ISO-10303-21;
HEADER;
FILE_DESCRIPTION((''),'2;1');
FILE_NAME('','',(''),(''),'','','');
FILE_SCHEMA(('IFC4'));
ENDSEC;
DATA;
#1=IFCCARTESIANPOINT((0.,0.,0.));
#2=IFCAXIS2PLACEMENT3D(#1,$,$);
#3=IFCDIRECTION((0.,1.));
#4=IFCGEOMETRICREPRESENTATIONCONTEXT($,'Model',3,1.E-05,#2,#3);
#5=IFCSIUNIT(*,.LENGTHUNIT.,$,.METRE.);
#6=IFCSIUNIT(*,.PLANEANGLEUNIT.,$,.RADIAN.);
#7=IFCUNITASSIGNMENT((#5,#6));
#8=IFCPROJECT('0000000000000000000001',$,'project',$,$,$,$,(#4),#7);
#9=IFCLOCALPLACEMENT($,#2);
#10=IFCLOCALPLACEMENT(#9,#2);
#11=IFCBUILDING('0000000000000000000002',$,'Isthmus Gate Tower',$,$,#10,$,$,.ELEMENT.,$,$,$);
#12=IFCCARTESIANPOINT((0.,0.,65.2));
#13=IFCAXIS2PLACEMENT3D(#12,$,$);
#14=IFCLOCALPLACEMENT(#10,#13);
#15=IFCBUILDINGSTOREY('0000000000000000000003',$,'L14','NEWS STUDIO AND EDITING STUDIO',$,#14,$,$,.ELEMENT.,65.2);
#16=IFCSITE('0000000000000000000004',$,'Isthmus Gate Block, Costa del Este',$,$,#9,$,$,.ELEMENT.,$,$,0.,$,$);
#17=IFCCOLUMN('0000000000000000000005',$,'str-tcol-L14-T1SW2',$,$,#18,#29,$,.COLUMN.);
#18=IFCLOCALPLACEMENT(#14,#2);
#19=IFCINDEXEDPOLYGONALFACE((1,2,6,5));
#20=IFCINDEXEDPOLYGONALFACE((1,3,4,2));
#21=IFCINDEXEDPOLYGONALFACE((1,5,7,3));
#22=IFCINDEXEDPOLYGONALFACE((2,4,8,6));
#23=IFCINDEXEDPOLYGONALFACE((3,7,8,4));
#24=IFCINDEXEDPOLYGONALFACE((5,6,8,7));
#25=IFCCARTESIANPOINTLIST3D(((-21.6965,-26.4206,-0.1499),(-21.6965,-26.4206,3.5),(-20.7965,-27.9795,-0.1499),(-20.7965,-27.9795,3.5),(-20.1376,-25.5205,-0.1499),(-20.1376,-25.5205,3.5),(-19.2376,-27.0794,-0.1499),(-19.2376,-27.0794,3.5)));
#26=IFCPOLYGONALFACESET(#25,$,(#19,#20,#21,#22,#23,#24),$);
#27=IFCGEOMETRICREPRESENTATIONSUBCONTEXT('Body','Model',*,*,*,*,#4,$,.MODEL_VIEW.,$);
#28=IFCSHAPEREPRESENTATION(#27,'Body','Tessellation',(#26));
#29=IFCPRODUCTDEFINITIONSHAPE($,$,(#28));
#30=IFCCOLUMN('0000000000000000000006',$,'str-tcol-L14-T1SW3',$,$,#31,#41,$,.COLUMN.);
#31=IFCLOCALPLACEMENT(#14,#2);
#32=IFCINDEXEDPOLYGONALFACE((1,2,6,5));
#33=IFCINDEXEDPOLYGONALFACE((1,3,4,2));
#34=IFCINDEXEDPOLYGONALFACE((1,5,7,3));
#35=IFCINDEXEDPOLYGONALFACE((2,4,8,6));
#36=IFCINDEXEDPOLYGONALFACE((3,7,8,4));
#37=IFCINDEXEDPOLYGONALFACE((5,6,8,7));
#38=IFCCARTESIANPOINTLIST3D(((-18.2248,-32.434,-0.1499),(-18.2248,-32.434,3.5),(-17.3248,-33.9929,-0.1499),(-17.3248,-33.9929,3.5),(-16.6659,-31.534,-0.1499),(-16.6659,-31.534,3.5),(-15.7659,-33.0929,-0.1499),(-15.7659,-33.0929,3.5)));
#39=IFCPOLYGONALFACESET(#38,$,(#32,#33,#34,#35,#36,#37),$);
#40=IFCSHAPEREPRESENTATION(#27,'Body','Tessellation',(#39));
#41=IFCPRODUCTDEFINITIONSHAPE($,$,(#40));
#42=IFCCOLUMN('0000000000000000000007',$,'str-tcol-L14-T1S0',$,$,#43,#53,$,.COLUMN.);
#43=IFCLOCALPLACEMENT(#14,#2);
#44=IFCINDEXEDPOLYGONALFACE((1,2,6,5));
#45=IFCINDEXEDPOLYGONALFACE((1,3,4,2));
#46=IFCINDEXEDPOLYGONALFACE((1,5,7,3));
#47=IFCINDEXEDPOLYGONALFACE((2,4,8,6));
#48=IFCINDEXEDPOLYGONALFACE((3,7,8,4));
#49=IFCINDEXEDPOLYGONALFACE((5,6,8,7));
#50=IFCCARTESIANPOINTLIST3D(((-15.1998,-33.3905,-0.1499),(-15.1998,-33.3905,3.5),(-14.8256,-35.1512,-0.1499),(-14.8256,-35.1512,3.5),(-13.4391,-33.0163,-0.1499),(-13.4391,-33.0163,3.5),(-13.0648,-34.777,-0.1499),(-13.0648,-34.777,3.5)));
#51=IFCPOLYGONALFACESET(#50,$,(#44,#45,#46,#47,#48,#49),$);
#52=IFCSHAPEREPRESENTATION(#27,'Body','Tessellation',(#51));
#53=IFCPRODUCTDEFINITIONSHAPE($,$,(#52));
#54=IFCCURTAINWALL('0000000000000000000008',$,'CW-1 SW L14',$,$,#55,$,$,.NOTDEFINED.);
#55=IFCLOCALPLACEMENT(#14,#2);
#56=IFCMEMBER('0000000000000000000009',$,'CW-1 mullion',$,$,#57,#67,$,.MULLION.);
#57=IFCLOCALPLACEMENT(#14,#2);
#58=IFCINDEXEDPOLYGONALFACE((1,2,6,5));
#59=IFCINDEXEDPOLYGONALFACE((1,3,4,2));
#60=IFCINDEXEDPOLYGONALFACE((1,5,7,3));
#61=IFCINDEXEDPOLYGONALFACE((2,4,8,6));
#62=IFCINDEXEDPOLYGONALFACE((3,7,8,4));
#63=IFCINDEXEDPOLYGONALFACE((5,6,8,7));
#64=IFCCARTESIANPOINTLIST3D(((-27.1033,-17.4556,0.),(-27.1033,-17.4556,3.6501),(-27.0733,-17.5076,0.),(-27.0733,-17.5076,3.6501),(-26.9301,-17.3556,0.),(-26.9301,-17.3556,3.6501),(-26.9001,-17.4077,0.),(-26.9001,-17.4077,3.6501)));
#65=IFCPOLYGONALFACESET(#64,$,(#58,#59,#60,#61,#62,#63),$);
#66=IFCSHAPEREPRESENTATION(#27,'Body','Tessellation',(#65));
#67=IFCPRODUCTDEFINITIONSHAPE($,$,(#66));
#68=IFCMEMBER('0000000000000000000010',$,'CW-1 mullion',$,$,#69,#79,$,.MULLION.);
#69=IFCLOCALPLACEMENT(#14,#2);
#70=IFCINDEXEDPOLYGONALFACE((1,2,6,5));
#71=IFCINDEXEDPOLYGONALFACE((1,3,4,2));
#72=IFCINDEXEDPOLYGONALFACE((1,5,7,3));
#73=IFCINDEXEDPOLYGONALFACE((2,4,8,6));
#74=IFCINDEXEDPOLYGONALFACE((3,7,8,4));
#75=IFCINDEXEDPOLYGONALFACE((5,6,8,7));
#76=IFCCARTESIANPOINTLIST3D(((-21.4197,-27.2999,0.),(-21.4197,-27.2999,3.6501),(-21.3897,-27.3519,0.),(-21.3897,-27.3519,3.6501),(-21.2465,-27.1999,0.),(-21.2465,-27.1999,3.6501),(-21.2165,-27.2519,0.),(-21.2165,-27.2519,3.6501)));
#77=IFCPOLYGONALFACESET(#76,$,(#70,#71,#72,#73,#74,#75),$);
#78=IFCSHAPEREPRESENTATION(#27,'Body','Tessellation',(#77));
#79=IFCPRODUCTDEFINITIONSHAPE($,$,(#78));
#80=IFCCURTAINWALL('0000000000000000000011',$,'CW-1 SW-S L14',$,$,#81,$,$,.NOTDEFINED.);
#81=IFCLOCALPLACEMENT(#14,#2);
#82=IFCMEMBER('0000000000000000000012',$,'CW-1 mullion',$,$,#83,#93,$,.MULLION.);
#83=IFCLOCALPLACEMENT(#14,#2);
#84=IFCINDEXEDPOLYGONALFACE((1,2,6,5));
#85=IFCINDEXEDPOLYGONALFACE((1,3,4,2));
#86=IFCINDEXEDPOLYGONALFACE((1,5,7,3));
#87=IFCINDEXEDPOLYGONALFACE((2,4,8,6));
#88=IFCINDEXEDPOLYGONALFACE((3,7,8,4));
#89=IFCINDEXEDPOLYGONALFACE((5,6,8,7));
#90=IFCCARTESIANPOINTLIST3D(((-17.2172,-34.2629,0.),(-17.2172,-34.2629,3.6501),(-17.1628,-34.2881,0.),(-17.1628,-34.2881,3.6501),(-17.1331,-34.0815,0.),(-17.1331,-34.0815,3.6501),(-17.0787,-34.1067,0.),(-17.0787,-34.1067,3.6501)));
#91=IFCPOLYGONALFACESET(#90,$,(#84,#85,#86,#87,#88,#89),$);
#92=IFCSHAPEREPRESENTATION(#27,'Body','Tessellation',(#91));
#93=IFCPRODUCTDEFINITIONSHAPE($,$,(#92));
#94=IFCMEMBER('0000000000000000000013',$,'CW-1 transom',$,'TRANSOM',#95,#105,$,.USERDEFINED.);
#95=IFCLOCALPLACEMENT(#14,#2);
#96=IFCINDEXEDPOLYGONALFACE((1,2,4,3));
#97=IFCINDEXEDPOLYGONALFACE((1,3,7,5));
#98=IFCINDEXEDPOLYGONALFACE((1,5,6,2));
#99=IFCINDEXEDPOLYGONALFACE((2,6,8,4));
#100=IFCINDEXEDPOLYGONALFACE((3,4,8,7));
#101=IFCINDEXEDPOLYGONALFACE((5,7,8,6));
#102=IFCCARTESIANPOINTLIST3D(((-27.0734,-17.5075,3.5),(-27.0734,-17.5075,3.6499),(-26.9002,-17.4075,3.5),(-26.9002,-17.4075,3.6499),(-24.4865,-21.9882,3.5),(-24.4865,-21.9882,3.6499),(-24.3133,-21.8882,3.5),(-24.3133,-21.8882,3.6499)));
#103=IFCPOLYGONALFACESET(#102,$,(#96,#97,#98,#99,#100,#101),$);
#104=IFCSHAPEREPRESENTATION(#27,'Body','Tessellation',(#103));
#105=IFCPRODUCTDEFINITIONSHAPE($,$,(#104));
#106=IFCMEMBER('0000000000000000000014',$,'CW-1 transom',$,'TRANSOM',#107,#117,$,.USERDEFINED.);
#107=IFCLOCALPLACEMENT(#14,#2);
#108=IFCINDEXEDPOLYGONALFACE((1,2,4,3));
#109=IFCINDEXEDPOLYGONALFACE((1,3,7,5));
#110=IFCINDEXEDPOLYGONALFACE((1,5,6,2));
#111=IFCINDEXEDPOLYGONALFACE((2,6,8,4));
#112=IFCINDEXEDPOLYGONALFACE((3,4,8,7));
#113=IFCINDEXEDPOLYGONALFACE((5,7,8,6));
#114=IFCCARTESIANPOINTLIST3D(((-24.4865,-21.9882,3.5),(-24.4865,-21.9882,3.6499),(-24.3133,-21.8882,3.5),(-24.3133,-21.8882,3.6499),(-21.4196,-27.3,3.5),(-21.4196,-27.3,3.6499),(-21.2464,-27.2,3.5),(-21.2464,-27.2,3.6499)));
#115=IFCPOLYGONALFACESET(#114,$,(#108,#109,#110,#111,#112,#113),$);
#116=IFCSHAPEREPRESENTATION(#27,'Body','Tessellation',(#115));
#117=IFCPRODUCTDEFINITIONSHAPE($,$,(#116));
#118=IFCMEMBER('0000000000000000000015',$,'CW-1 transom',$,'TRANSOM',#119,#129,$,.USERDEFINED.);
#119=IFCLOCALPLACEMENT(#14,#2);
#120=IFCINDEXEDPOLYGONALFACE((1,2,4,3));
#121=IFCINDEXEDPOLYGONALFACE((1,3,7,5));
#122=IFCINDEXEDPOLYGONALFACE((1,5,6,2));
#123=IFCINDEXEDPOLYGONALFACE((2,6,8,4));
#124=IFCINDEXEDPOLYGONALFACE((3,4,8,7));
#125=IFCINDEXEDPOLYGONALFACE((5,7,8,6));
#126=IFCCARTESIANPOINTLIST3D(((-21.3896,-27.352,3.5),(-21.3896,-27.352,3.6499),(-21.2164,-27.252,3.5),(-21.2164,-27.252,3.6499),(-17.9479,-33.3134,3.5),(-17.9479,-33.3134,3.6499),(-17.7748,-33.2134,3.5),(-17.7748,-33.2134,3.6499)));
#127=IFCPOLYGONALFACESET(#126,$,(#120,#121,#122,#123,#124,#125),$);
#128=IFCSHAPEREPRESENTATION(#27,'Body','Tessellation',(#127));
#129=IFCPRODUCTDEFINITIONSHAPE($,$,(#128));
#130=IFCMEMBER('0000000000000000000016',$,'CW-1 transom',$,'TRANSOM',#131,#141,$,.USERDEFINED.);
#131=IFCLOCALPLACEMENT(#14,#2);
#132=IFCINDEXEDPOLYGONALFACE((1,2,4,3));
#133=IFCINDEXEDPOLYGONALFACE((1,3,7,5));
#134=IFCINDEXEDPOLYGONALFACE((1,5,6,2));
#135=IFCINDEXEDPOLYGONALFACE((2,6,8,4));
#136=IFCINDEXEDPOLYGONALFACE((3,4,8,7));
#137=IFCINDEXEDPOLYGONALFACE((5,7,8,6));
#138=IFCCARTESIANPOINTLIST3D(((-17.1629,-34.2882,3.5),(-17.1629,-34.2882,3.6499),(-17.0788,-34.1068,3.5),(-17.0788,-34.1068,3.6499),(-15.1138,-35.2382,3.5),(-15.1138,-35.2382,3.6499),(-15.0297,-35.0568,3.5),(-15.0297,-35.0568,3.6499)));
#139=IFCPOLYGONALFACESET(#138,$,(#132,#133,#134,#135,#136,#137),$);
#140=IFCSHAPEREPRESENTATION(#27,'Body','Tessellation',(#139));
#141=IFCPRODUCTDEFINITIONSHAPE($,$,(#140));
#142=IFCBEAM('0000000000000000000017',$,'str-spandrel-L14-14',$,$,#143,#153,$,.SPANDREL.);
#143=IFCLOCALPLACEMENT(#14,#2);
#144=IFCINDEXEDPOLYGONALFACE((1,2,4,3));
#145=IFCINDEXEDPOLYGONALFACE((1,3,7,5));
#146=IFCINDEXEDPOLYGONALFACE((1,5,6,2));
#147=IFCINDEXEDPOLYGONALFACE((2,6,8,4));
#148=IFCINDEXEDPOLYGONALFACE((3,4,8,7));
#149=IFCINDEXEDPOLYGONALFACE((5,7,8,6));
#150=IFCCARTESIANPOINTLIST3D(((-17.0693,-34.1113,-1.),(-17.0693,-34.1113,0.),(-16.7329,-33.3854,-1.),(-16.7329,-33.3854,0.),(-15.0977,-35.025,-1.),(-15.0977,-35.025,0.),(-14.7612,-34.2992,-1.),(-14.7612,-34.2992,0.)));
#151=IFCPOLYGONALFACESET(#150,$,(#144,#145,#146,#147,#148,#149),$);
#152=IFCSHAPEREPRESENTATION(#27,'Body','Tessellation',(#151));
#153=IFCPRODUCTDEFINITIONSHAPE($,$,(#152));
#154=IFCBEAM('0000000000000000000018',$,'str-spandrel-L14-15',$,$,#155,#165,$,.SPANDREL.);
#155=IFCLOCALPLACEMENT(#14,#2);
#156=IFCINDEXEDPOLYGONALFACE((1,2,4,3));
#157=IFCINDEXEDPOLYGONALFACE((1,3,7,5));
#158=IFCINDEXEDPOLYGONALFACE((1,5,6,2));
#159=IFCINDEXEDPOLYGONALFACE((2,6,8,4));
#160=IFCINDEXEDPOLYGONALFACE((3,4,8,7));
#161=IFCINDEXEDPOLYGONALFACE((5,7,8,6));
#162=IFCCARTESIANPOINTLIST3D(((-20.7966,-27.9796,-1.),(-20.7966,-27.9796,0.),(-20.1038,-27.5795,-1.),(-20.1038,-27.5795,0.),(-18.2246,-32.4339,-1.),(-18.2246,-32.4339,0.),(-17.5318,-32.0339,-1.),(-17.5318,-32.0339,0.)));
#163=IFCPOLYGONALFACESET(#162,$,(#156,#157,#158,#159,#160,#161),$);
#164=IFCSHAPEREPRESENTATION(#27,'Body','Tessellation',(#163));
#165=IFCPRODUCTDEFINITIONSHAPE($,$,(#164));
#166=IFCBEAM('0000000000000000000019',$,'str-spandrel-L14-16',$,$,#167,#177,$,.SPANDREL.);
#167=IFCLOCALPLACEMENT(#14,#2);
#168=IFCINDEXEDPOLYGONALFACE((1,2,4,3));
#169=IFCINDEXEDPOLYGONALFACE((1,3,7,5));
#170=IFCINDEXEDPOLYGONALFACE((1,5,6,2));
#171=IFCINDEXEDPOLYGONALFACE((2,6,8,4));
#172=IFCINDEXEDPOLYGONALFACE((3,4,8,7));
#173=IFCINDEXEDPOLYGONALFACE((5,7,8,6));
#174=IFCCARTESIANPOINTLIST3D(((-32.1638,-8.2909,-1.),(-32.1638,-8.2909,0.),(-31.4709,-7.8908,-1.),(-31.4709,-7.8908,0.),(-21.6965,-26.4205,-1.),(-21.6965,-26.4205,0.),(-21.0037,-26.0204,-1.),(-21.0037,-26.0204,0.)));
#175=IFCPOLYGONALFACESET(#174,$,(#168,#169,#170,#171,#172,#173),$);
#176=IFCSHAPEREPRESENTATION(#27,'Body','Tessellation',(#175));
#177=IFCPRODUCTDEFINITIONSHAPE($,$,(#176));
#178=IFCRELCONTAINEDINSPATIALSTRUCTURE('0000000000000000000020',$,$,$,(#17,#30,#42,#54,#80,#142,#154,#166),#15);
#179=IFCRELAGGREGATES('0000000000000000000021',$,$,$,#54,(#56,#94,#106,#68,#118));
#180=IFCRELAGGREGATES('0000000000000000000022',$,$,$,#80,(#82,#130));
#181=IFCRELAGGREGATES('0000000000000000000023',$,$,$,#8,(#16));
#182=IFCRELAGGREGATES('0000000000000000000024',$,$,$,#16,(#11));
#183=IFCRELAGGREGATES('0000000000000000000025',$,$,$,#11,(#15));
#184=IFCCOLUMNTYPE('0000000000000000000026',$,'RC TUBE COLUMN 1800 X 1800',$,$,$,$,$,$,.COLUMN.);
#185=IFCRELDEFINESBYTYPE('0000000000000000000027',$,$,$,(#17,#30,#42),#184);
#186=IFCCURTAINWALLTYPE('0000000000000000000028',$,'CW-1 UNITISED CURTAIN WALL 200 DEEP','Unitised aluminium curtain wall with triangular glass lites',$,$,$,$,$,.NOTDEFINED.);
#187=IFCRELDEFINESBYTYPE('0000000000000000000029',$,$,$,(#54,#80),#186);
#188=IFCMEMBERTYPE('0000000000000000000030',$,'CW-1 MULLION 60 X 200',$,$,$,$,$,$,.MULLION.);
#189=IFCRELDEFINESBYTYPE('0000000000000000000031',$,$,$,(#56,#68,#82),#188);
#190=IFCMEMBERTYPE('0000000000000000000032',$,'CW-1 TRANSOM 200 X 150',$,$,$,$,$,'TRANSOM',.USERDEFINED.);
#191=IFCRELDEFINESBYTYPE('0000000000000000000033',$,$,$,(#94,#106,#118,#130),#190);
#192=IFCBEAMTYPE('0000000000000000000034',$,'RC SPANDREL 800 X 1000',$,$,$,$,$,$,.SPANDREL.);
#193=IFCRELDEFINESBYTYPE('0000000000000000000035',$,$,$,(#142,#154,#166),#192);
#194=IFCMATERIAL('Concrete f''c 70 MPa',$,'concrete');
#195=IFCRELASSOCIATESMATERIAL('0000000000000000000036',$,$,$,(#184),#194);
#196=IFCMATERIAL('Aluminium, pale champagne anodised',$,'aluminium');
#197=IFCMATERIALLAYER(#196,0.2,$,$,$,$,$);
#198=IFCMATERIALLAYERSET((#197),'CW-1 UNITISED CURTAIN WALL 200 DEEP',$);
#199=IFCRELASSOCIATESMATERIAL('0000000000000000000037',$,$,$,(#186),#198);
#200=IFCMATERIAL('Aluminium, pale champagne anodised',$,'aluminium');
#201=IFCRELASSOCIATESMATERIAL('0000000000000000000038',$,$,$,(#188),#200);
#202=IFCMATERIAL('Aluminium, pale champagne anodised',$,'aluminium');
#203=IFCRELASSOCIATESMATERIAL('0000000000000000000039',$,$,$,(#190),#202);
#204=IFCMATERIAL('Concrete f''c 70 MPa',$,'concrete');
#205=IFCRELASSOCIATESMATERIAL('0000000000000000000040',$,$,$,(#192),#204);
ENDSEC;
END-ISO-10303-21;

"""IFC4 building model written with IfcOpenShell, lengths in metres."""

from ifc_helpers import new_model, si_unit, direction, frame, origin, origin_2d, place, context, subcontext, project, spatial, rectangle, extrude, material, layer, layer_set, material_profile, profile_set, type_object, element, aggregate, save


model = new_model("IFC4")

# Units and contexts
model_context = context("Model", 3, precision=1e-05, world=origin(), true_north=direction((0.0, 1.0)))
body_context = subcontext(model_context, "Body", "Model", "MODEL_VIEW")
ifc_project = project(units=[si_unit("LENGTHUNIT", "METRE"), si_unit("PLANEANGLEUNIT", "RADIAN")], contexts=[model_context])

# Site, building, storey
site_placement = place(None, origin())
site = spatial("IfcSite", under=ifc_project, at=site_placement, Name="Isthmus Gate Block, Costa del Este", CompositionType="ELEMENT", RefElevation=0.0)
building_placement = place(site_placement, origin())
building = spatial("IfcBuilding", under=site, at=building_placement, Name="Isthmus Gate Tower", CompositionType="ELEMENT")
storey_placement = place(building_placement, frame((0.0, 0.0, 65.2)))
storey = spatial("IfcBuildingStorey", under=building, at=storey_placement, Name="L14", Description="NEWS STUDIO AND EDITING STUDIO", CompositionType="ELEMENT", Elevation=65.2)

# Columns
ifc_material_1 = material(Name="Concrete f'c 70 MPa", Category="concrete")
ifc_material_profile_1 = material_profile(ifc_material_1, rectangle(XDim=1.8, YDim=1.8, at=origin_2d()), Name="RC 1800X1800")
ifc_profile_set_1 = profile_set([ifc_material_profile_1], Name="Concrete f'c 70 MPa")
column_type = type_object("IfcColumnType", Name="RC TUBE COLUMN 1800 X 1800", PredefinedType="COLUMN", material=ifc_profile_set_1)
for number, where, z_axis, x_axis, name in (
    (1, (-20.467, -26.75, -0.1499), (0.0, 0.0, 1.0), (0.5, -0.866025, 0.0), "str-tcol-L14-T1SW2"),
    (2, (-16.9954, -32.7634, -0.1499), (0.0, 0.0, 1.0), (0.5, -0.866025, 0.0), "str-tcol-L14-T1SW3"),
    (3, (-14.1323, -34.0837, -0.1499), (0.0, 0.0, 1.0), (0.978148, 0.207912, 0.0), "str-tcol-L14-T1S0"),
):
    element("IfcColumn", number, at=place(storey_placement, frame(where, z_axis=z_axis, x_axis=x_axis)), inside=storey, type_object=column_type, Name=name, PredefinedType="COLUMN", context=body_context, shape_type="SweptSolid", body=[
        extrude(rectangle(XDim=1.8, YDim=1.8, at=origin_2d()), origin(), (0.0, 0.0, 1.0), 3.6499),
    ])

# Curtain wall, members
ifc_material_2 = material(Name="Aluminium, pale champagne anodised", Category="aluminium")
ifc_layer_1 = layer(ifc_material_2, 0.2)
ifc_layer_set_1 = layer_set([ifc_layer_1], Name="CW-1 UNITISED CURTAIN WALL 200 DEEP")
curtain_wall_type = type_object("IfcCurtainWallType", Name="CW-1 UNITISED CURTAIN WALL 200 DEEP", Description="Unitised aluminium curtain wall with triangular glass lites", PredefinedType="NOTDEFINED", material=ifc_layer_set_1)
curtain_wall_1_placement = place(storey_placement, origin())
curtain_wall_1 = element("IfcCurtainWall", 4, at=curtain_wall_1_placement, inside=storey, type_object=curtain_wall_type, Name="CW-1 SW L14", PredefinedType="NOTDEFINED")
ifc_material_3 = material(Name="Aluminium, pale champagne anodised", Category="aluminium")
ifc_material_profile_2 = material_profile(ifc_material_3, rectangle(XDim=0.0601, YDim=0.2, at=origin_2d()), Name="60x200")
ifc_profile_set_2 = profile_set([ifc_material_profile_2], Name="Aluminium, pale champagne anodised")
member_type_1 = type_object("IfcMemberType", Name="CW-1 MULLION 60 X 200", PredefinedType="MULLION", material=ifc_profile_set_2)
member_1_placement = place(storey_placement, frame((-27.0017, -17.4316, 0.0), z_axis=(0.0, 0.0, 1.0), x_axis=(0.5, -0.866025, 0.0)))
member_1 = element("IfcMember", 5, at=member_1_placement, type_object=member_type_1, Name="CW-1 mullion", PredefinedType="MULLION", context=body_context, shape_type="SweptSolid", body=[
    extrude(rectangle(XDim=0.0601, YDim=0.2, at=origin_2d()), origin(), (0.0, 0.0, 1.0), 3.6501),
])
member_2_placement = place(storey_placement, frame((-21.3181, -27.2759, 0.0), z_axis=(0.0, 0.0, 1.0), x_axis=(0.5, -0.866025, 0.0)))
member_2 = element("IfcMember", 6, at=member_2_placement, type_object=member_type_1, Name="CW-1 mullion", PredefinedType="MULLION", context=body_context, shape_type="SweptSolid", body=[
    extrude(rectangle(XDim=0.0601, YDim=0.2, at=origin_2d()), origin(), (0.0, 0.0, 1.0), 3.6501),
])

# Curtain wall, member
curtain_wall_2_placement = place(storey_placement, origin())
curtain_wall_2 = element("IfcCurtainWall", 7, at=curtain_wall_2_placement, inside=storey, type_object=curtain_wall_type, Name="CW-1 SW-S L14", PredefinedType="NOTDEFINED")
member_3_placement = place(storey_placement, frame((-17.1479, -34.1848, 0.0), z_axis=(0.0, 0.0, 1.0), x_axis=(0.907256, -0.420578, 0.0)))
member_3 = element("IfcMember", 8, at=member_3_placement, type_object=member_type_1, Name="CW-1 mullion", PredefinedType="MULLION", context=body_context, shape_type="SweptSolid", body=[
    extrude(rectangle(XDim=0.0601, YDim=0.2, at=origin_2d()), origin(), (0.0, 0.0, 1.0), 3.6501),
])

# Members
ifc_material_4 = material(Name="Aluminium, pale champagne anodised", Category="aluminium")
ifc_material_profile_3 = material_profile(ifc_material_4, rectangle(XDim=0.2, YDim=0.1499, at=origin_2d()), Name="200x150")
ifc_profile_set_3 = profile_set([ifc_material_profile_3], Name="Aluminium, pale champagne anodised")
member_type_2 = type_object("IfcMemberType", Name="CW-1 TRANSOM 200 X 150", ElementType="TRANSOM", PredefinedType="USERDEFINED", material=ifc_profile_set_3)
member_4_placement = place(storey_placement, frame((-26.9868, -17.4575, 3.575), z_axis=(0.499996, -0.866028, 0.0), x_axis=(0.866028, 0.499996, 0.0)))
member_4 = element("IfcMember", 9, at=member_4_placement, type_object=member_type_2, Name="CW-1 transom", ObjectType="TRANSOM", PredefinedType="USERDEFINED", context=body_context, shape_type="SweptSolid", body=[
    extrude(rectangle(XDim=0.2, YDim=0.1499, at=origin_2d()), origin(), (0.0, 0.0, 1.0), 5.1738),
])
member_5_placement = place(storey_placement, frame((-24.3999, -21.9382, 3.575), z_axis=(0.500018, -0.866015, 0.0), x_axis=(0.866015, 0.500018, 0.0)))
member_5 = element("IfcMember", 10, at=member_5_placement, type_object=member_type_2, Name="CW-1 transom", ObjectType="TRANSOM", PredefinedType="USERDEFINED", context=body_context, shape_type="SweptSolid", body=[
    extrude(rectangle(XDim=0.2, YDim=0.1499, at=origin_2d()), origin(), (0.0, 0.0, 1.0), 6.1335),
])
member_6_placement = place(storey_placement, frame((-21.303, -27.302, 3.575), z_axis=(0.49998, -0.866037, 0.0), x_axis=(0.866037, 0.49998, 0.0)))
member_6 = element("IfcMember", 11, at=member_6_placement, type_object=member_type_2, Name="CW-1 transom", ObjectType="TRANSOM", PredefinedType="USERDEFINED", context=body_context, shape_type="SweptSolid", body=[
    extrude(rectangle(XDim=0.2, YDim=0.1499, at=origin_2d()), origin(), (0.0, 0.0, 1.0), 6.8835),
])
member_7_placement = place(storey_placement, frame((-17.1208, -34.1975, 3.575), z_axis=(0.907246, -0.4206, 0.0), x_axis=(0.4206, 0.907246, 0.0)))
member_7 = element("IfcMember", 12, at=member_7_placement, type_object=member_type_2, Name="CW-1 transom", ObjectType="TRANSOM", PredefinedType="USERDEFINED", context=body_context, shape_type="SweptSolid", body=[
    extrude(rectangle(XDim=0.2, YDim=0.1499, at=origin_2d()), origin(), (0.0, 0.0, 1.0), 2.2585),
])

# Beams
ifc_material_5 = material(Name="Concrete f'c 70 MPa", Category="concrete")
ifc_material_profile_4 = material_profile(ifc_material_5, rectangle(XDim=0.8, YDim=1.0, at=origin_2d()), Name="RC 800X1000")
ifc_profile_set_4 = profile_set([ifc_material_profile_4], Name="Concrete f'c 70 MPa")
beam_type_1 = type_object("IfcBeamType", Name="RC SPANDREL 800 X 1000", PredefinedType="SPANDREL", material=ifc_profile_set_4)
beam_1_placement = place(storey_placement, frame((-14.9294, -34.6621, -0.5), z_axis=(-0.907291, 0.420504, 0.0), x_axis=(-0.420504, -0.907291, 0.0)))
element("IfcBeam", 13, at=beam_1_placement, inside=storey, type_object=beam_type_1, Name="str-spandrel-L14-14", PredefinedType="SPANDREL", context=body_context, shape_type="SweptSolid", body=[
    extrude(rectangle(XDim=0.8, YDim=1.0, at=origin_2d()), origin(), (0.0, 0.0, 1.0), 2.1731),
])
beam_2_placement = place(storey_placement, frame((-17.8782, -32.2339, -0.5), z_axis=(-0.500044, 0.866, 0.0), x_axis=(-0.866, -0.500044, 0.0)))
element("IfcBeam", 14, at=beam_2_placement, inside=storey, type_object=beam_type_1, Name="str-spandrel-L14-15", PredefinedType="SPANDREL", context=body_context, shape_type="SweptSolid", body=[
    extrude(rectangle(XDim=0.8, YDim=1.0, at=origin_2d()), origin(), (0.0, 0.0, 1.0), 5.1436),
])
beam_3_placement = place(storey_placement, frame((-21.3501, -26.2205, -0.5), z_axis=(-0.500005, 0.866023, 0.0), x_axis=(-0.866023, -0.500005, 0.0)))
element("IfcBeam", 15, at=beam_3_placement, inside=storey, type_object=beam_type_1, Name="str-spandrel-L14-16", PredefinedType="SPANDREL", context=body_context, shape_type="SweptSolid", body=[
    extrude(rectangle(XDim=0.8, YDim=1.0, at=origin_2d()), origin(), (0.0, 0.0, 1.0), 20.9343),
])

aggregate(curtain_wall_1, [member_1, member_4, member_5, member_2, member_6])
aggregate(curtain_wall_2, [member_3, member_7])

save(model, "model.ifc")
